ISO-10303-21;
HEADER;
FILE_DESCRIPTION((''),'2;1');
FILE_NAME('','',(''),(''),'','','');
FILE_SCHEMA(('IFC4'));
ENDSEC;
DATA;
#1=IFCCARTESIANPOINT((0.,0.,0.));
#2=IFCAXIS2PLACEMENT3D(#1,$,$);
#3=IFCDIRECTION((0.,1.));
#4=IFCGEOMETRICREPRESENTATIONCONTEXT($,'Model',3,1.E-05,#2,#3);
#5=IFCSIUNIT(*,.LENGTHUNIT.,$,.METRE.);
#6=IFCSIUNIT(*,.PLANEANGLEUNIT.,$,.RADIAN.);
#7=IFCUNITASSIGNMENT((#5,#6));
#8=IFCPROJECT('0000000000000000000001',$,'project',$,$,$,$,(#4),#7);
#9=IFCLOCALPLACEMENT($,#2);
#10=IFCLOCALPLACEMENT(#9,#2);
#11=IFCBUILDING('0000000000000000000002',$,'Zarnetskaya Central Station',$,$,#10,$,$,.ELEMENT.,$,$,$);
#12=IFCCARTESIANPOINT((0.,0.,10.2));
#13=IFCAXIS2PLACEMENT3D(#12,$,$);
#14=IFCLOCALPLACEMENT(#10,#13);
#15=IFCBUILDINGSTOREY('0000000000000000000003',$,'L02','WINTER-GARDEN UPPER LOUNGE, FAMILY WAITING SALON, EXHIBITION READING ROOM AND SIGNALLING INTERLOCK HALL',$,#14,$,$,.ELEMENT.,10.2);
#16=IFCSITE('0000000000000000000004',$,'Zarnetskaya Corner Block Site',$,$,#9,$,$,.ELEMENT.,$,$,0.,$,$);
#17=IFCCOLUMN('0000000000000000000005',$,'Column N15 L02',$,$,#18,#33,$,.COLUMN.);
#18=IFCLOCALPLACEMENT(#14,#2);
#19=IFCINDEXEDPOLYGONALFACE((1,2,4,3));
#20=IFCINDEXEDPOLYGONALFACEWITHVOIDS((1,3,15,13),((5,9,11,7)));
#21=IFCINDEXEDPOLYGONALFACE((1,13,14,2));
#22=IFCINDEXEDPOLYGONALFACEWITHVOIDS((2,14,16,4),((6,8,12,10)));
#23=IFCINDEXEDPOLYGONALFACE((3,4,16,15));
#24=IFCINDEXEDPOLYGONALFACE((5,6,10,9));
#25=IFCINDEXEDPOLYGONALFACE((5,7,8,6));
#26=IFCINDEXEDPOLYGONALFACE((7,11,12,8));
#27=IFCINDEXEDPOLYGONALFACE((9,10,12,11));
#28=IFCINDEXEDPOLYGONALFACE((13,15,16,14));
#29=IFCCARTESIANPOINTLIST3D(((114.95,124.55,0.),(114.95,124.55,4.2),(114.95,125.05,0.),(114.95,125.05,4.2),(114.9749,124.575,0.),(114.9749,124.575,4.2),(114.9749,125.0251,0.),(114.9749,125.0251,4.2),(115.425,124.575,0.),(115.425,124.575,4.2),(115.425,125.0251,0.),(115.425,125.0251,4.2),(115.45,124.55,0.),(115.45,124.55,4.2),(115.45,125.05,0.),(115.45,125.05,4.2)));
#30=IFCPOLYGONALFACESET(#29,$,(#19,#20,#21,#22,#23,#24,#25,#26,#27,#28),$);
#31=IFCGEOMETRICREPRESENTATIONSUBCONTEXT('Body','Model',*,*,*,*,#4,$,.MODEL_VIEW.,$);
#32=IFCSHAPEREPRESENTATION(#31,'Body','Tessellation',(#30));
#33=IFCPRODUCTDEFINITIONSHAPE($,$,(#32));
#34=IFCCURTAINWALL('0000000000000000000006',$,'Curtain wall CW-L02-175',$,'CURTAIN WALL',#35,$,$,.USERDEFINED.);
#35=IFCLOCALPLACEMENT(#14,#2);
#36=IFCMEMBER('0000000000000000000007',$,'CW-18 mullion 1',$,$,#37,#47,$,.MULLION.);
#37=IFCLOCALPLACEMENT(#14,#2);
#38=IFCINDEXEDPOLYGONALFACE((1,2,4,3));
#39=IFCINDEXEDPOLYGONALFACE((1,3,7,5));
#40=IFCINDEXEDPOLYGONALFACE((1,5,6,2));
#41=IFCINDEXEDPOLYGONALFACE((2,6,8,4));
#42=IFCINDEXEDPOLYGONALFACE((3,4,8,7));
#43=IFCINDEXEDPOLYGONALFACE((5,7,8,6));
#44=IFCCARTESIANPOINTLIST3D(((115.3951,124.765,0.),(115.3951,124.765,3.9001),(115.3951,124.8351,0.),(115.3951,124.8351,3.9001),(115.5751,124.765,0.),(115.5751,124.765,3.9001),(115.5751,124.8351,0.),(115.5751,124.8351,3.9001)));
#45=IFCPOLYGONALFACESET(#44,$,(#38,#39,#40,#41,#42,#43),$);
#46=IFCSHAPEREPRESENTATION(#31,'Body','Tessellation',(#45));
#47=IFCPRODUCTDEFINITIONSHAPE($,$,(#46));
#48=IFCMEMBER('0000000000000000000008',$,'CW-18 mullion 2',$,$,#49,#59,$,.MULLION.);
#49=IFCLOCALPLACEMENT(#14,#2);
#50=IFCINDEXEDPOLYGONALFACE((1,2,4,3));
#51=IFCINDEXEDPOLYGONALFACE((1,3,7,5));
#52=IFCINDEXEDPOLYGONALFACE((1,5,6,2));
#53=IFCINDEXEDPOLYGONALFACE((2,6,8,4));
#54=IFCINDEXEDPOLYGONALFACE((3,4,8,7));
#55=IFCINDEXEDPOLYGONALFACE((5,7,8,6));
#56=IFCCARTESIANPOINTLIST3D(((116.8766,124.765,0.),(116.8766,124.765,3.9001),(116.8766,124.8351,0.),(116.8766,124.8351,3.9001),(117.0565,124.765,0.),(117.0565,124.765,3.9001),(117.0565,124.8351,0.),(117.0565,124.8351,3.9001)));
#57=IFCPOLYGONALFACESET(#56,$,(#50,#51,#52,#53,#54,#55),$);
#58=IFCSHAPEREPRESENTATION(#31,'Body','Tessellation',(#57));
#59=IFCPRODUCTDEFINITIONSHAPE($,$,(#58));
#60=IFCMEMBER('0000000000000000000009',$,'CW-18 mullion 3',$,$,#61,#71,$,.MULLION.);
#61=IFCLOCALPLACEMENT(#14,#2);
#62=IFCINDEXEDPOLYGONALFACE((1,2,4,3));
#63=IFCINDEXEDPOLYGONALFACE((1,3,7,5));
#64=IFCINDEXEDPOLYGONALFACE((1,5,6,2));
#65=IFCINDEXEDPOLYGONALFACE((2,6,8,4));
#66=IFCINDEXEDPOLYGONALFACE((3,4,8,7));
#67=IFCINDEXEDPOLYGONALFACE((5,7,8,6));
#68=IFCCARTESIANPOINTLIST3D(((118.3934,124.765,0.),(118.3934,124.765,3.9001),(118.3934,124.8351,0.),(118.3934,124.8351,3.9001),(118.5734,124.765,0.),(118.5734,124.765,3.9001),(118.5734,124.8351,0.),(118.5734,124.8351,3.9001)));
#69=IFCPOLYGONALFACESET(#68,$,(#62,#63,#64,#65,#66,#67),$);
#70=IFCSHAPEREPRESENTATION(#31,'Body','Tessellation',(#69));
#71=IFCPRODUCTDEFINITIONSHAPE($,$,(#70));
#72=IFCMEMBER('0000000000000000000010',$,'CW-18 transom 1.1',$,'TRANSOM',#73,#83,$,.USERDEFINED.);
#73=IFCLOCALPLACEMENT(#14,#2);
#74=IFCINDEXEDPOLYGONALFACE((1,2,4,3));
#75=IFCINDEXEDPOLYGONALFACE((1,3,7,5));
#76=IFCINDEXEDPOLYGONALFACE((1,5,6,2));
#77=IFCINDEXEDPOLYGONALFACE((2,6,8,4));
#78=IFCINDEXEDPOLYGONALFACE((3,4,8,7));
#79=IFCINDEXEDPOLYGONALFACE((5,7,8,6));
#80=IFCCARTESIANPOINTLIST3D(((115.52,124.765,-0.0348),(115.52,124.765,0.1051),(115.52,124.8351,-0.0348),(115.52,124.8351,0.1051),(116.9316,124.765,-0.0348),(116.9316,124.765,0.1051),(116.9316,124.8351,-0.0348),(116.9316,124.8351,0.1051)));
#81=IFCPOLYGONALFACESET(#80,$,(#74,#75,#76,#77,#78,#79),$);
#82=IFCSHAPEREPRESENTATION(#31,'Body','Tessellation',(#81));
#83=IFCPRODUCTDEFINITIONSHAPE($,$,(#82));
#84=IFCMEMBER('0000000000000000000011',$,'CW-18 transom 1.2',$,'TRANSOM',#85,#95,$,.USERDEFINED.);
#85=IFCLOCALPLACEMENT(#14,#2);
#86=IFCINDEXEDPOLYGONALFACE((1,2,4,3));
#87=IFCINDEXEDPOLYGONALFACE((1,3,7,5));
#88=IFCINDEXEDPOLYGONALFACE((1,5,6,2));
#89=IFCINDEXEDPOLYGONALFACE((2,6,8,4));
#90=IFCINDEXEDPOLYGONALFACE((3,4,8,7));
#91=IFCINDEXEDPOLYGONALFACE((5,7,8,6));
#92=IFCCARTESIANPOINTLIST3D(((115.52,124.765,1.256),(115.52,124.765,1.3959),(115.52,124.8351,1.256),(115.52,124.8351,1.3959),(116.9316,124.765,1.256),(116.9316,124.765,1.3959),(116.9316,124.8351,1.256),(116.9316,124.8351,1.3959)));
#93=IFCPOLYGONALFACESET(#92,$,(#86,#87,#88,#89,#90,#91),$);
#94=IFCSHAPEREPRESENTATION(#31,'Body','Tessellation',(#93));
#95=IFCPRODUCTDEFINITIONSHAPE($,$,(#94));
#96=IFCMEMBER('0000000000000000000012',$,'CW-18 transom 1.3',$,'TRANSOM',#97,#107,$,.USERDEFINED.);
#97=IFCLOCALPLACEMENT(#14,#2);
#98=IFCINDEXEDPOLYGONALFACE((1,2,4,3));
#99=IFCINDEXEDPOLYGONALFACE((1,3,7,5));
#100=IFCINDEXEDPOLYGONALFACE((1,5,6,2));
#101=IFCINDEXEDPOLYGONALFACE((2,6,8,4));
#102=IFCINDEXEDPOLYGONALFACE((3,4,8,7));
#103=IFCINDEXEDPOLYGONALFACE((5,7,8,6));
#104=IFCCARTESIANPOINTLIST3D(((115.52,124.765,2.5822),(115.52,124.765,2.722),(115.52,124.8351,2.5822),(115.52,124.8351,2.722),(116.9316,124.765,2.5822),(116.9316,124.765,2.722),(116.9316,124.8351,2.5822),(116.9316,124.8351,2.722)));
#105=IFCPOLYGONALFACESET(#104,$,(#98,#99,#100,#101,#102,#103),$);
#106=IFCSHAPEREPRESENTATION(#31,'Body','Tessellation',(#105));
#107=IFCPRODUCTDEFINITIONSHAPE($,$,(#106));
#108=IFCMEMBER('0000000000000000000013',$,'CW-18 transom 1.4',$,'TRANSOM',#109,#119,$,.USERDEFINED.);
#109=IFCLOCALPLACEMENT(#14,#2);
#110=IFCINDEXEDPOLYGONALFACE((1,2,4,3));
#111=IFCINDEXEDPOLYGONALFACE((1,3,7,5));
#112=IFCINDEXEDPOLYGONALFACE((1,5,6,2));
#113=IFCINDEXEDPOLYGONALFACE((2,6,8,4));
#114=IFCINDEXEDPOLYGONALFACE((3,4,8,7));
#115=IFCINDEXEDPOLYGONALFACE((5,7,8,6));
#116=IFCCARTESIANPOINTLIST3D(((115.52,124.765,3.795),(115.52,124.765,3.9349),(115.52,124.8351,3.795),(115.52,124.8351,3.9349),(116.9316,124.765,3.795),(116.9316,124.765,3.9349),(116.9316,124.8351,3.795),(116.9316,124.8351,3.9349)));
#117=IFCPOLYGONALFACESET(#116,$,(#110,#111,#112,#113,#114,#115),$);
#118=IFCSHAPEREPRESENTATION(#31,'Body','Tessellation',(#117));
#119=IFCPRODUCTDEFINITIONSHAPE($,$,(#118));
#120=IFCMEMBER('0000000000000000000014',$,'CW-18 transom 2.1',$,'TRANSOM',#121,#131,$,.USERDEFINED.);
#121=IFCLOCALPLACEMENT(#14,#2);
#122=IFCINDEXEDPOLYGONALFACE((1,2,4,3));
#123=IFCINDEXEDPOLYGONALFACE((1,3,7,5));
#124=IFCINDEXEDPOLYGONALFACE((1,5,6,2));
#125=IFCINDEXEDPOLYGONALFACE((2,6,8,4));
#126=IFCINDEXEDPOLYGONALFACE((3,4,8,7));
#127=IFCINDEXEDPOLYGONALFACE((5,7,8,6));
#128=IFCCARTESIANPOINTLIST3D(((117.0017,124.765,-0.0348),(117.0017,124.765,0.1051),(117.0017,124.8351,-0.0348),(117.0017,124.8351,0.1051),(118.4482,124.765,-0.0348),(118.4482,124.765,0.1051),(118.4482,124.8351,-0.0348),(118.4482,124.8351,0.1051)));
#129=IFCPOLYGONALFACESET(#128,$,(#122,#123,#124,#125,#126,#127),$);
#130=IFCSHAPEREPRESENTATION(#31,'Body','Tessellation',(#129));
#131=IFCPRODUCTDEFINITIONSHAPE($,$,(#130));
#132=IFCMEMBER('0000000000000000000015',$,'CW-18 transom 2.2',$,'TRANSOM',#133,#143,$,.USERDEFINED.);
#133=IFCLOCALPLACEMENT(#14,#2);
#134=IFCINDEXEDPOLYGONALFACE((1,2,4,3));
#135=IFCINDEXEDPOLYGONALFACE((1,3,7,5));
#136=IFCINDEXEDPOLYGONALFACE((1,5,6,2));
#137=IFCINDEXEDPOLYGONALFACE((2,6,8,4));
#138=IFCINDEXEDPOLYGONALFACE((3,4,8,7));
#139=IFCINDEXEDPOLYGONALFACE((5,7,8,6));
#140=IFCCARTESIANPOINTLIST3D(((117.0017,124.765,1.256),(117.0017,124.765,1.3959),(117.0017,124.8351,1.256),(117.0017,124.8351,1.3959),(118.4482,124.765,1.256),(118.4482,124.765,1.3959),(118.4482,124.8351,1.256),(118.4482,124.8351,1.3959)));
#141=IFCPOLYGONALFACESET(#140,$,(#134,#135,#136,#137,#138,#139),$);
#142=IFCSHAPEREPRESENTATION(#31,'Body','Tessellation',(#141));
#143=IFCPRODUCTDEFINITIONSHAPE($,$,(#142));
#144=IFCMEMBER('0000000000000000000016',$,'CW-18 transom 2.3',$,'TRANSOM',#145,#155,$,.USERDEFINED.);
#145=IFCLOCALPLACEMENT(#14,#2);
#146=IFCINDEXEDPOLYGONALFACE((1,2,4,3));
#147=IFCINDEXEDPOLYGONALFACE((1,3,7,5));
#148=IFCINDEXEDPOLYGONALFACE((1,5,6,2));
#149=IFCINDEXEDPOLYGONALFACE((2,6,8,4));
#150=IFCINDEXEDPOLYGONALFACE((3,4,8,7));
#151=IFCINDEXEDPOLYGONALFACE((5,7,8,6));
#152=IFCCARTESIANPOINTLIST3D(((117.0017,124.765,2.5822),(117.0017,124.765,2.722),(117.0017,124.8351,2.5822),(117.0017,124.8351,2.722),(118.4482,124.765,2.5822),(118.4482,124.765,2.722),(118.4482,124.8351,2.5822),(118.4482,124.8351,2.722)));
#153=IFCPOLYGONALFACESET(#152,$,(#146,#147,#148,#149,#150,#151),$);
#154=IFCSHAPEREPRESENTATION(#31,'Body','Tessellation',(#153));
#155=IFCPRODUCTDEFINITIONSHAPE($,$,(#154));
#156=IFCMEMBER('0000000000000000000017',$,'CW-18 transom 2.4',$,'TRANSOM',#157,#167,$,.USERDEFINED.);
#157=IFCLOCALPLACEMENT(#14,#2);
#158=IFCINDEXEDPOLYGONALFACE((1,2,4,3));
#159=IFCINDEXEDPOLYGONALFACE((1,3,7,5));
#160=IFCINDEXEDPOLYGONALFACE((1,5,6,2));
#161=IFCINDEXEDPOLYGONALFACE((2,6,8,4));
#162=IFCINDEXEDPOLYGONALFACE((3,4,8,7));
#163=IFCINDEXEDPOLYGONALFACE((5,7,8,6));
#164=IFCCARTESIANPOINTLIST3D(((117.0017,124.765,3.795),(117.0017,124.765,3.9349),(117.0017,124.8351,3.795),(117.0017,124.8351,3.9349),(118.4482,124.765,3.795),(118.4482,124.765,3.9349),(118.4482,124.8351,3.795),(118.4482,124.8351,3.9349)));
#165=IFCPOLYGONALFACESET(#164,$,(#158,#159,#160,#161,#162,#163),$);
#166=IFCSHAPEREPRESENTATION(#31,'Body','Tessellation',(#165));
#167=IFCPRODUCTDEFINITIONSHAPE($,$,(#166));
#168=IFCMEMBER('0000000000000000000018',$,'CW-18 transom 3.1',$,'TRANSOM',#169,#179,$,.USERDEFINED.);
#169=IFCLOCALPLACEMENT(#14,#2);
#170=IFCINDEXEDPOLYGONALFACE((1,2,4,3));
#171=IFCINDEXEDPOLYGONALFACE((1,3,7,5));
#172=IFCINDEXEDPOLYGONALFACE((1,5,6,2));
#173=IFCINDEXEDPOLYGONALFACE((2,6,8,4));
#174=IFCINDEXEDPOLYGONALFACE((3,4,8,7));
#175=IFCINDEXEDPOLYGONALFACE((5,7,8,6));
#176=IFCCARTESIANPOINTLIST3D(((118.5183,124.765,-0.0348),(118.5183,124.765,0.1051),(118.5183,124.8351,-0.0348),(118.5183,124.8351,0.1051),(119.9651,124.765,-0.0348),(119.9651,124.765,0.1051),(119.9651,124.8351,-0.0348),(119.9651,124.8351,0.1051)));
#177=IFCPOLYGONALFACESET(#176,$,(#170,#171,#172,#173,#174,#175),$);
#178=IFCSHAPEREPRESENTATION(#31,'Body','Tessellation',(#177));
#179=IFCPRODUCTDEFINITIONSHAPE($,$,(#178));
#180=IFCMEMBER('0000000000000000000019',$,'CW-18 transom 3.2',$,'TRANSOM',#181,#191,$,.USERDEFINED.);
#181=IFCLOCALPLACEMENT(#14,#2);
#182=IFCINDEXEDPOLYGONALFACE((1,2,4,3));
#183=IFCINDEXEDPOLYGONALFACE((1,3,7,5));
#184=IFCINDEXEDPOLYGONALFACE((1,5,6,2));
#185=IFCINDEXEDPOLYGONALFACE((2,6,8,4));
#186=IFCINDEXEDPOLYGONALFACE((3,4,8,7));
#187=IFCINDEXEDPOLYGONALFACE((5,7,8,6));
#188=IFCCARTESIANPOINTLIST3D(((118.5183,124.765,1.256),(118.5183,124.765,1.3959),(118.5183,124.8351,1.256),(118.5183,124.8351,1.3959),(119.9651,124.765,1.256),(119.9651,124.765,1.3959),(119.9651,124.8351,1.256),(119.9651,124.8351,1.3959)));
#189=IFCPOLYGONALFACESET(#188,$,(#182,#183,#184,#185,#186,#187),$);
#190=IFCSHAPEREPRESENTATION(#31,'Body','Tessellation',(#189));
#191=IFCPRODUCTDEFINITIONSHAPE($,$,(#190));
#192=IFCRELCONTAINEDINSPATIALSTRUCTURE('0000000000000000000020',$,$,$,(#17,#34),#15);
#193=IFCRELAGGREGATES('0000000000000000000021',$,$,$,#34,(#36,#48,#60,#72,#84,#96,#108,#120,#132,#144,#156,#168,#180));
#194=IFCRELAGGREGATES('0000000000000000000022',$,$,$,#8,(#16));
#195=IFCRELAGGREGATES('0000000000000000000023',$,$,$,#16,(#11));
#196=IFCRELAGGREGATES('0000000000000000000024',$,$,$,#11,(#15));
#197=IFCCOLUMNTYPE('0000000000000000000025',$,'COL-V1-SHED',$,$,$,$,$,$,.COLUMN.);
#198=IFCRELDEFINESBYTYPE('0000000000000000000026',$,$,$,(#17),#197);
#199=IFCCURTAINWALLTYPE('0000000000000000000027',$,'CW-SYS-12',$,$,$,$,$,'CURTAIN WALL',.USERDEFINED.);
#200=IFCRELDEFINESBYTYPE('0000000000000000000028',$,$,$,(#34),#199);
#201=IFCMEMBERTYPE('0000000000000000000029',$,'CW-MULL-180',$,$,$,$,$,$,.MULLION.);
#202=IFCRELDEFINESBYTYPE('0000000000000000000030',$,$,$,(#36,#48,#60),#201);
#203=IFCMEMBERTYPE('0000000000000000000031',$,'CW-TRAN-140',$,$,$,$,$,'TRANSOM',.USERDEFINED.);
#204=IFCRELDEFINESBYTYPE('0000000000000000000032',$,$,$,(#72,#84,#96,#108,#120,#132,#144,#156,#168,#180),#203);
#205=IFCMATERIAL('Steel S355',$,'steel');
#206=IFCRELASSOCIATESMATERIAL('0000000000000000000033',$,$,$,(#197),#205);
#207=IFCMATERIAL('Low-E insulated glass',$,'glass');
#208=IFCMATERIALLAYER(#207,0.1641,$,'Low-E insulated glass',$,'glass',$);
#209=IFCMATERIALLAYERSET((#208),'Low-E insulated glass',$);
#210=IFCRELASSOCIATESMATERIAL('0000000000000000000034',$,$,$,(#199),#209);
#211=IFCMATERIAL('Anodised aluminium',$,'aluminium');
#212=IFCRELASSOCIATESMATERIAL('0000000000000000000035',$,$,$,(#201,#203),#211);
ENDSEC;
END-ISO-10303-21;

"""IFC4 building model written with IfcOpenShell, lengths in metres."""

from ifc_helpers import new_model, si_unit, direction, frame, origin, origin_2d, place, context, subcontext, project, spatial, rectangle, hollow_rectangle, extrude, material, layer, layer_set, material_profile, profile_set, type_object, element, aggregate, save


model = new_model("IFC4")

# Units and contexts
model_context = context("Model", 3, precision=1e-05, world=origin(), true_north=direction((0.0, 1.0)))
body_context = subcontext(model_context, "Body", "Model", "MODEL_VIEW")
ifc_project = project(units=[si_unit("LENGTHUNIT", "METRE"), si_unit("PLANEANGLEUNIT", "RADIAN")], contexts=[model_context])

# Site, building, storey
site_placement = place(None, origin())
site = spatial("IfcSite", under=ifc_project, at=site_placement, Name="Zarnetskaya Corner Block Site", CompositionType="ELEMENT", RefElevation=0.0)
building_placement = place(site_placement, origin())
building = spatial("IfcBuilding", under=site, at=building_placement, Name="Zarnetskaya Central Station", CompositionType="ELEMENT")
storey_placement = place(building_placement, frame((0.0, 0.0, 10.2)))
storey = spatial("IfcBuildingStorey", under=building, at=storey_placement, Name="L02", Description="WINTER-GARDEN UPPER LOUNGE, FAMILY WAITING SALON, EXHIBITION READING ROOM AND SIGNALLING INTERLOCK HALL", CompositionType="ELEMENT", Elevation=10.2)

# Column
ifc_material_1 = material(Name="Steel S355", Category="steel")
ifc_material_profile_1 = material_profile(ifc_material_1, hollow_rectangle(XDim=0.5, YDim=0.5, WallThickness=0.0249, at=origin_2d()), Name="BOX 500x500x25")
ifc_profile_set_1 = profile_set([ifc_material_profile_1], Name="Steel S355")
column_type = type_object("IfcColumnType", Name="COL-V1-SHED", PredefinedType="COLUMN", material=ifc_profile_set_1)
column_placement = place(storey_placement, frame((115.2, 124.8, 0.0), z_axis=(0.0, 0.0, 1.0), x_axis=(1.0, 0.0, 0.0)))
element("IfcColumn", 1, at=column_placement, inside=storey, type_object=column_type, Name="Column N15 L02", PredefinedType="COLUMN", context=body_context, shape_type="SweptSolid", body=[
    extrude(hollow_rectangle(XDim=0.5, YDim=0.5, WallThickness=0.0249, at=origin_2d()), origin(), (0.0, 0.0, 1.0), 4.2),
])

# Curtain wall, members
ifc_material_2 = material(Name="Low-E insulated glass", Category="glass")
ifc_layer_1 = layer(ifc_material_2, 0.1641, Name="Low-E insulated glass", Category="glass")
ifc_layer_set_1 = layer_set([ifc_layer_1], Name="Low-E insulated glass")
curtain_wall_type = type_object("IfcCurtainWallType", Name="CW-SYS-12", ElementType="CURTAIN WALL", PredefinedType="USERDEFINED", material=ifc_layer_set_1)
curtain_wall_placement = place(storey_placement, origin())
curtain_wall = element("IfcCurtainWall", 2, at=curtain_wall_placement, inside=storey, type_object=curtain_wall_type, Name="Curtain wall CW-L02-175", ObjectType="CURTAIN WALL", PredefinedType="USERDEFINED")
ifc_material_3 = material(Name="Anodised aluminium", Category="aluminium")
ifc_material_profile_2 = material_profile(ifc_material_3, rectangle(XDim=0.0701, YDim=0.1799, at=origin_2d()), Name="ALU MULL 70x180")
ifc_profile_set_2 = profile_set([ifc_material_profile_2], Name="Anodised aluminium")
member_type_1 = type_object("IfcMemberType", Name="CW-MULL-180", PredefinedType="MULLION", material=ifc_profile_set_2)
member_1_placement = place(storey_placement, frame((115.4851, 124.8, 0.0), z_axis=(0.0, 0.0, 1.0), x_axis=(0.0, 1.0, 0.0)))
member_1 = element("IfcMember", 3, at=member_1_placement, type_object=member_type_1, Name="CW-18 mullion 1", PredefinedType="MULLION", context=body_context, shape_type="SweptSolid", body=[
    extrude(rectangle(XDim=0.0701, YDim=0.1799, at=origin_2d()), origin(), (0.0, 0.0, 1.0), 3.9001),
])
member_2_placement = place(storey_placement, frame((116.9666, 124.8, 0.0), z_axis=(0.0, 0.0, 1.0), x_axis=(0.0, 1.0, 0.0)))
member_2 = element("IfcMember", 4, at=member_2_placement, type_object=member_type_1, Name="CW-18 mullion 2", PredefinedType="MULLION", context=body_context, shape_type="SweptSolid", body=[
    extrude(rectangle(XDim=0.0701, YDim=0.1799, at=origin_2d()), origin(), (0.0, 0.0, 1.0), 3.9001),
])
member_3_placement = place(storey_placement, frame((118.4834, 124.8, 0.0), z_axis=(0.0, 0.0, 1.0), x_axis=(0.0, 1.0, 0.0)))
member_3 = element("IfcMember", 5, at=member_3_placement, type_object=member_type_1, Name="CW-18 mullion 3", PredefinedType="MULLION", context=body_context, shape_type="SweptSolid", body=[
    extrude(rectangle(XDim=0.0701, YDim=0.1799, at=origin_2d()), origin(), (0.0, 0.0, 1.0), 3.9001),
])
ifc_material_profile_3 = material_profile(ifc_material_3, rectangle(XDim=0.0701, YDim=0.1399, at=origin_2d()), Name="ALU TRAN 70x140")
ifc_profile_set_3 = profile_set([ifc_material_profile_3], Name="Anodised aluminium")
member_type_2 = type_object("IfcMemberType", Name="CW-TRAN-140", ElementType="TRANSOM", PredefinedType="USERDEFINED", material=ifc_profile_set_3)
member_4_placement = place(storey_placement, frame((115.52, 124.8, 0.0352), z_axis=(1.0, 0.0, 0.0), x_axis=(0.0, 1.0, 0.0)))
member_4 = element("IfcMember", 6, at=member_4_placement, type_object=member_type_2, Name="CW-18 transom 1.1", ObjectType="TRANSOM", PredefinedType="USERDEFINED", context=body_context, shape_type="SweptSolid", body=[
    extrude(rectangle(XDim=0.0701, YDim=0.1399, at=origin_2d()), origin(), (0.0, 0.0, 1.0), 1.4116),
])
member_5_placement = place(storey_placement, frame((115.52, 124.8, 1.3259), z_axis=(1.0, 0.0, 0.0), x_axis=(0.0, 1.0, 0.0)))
member_5 = element("IfcMember", 7, at=member_5_placement, type_object=member_type_2, Name="CW-18 transom 1.2", ObjectType="TRANSOM", PredefinedType="USERDEFINED", context=body_context, shape_type="SweptSolid", body=[
    extrude(rectangle(XDim=0.0701, YDim=0.1399, at=origin_2d()), origin(), (0.0, 0.0, 1.0), 1.4116),
])
member_6_placement = place(storey_placement, frame((115.52, 124.8, 2.6521), z_axis=(1.0, 0.0, 0.0), x_axis=(0.0, 1.0, 0.0)))
member_6 = element("IfcMember", 8, at=member_6_placement, type_object=member_type_2, Name="CW-18 transom 1.3", ObjectType="TRANSOM", PredefinedType="USERDEFINED", context=body_context, shape_type="SweptSolid", body=[
    extrude(rectangle(XDim=0.0701, YDim=0.1399, at=origin_2d()), origin(), (0.0, 0.0, 1.0), 1.4116),
])
member_7_placement = place(storey_placement, frame((115.52, 124.8, 3.865), z_axis=(1.0, 0.0, 0.0), x_axis=(0.0, 1.0, 0.0)))
member_7 = element("IfcMember", 9, at=member_7_placement, type_object=member_type_2, Name="CW-18 transom 1.4", ObjectType="TRANSOM", PredefinedType="USERDEFINED", context=body_context, shape_type="SweptSolid", body=[
    extrude(rectangle(XDim=0.0701, YDim=0.1399, at=origin_2d()), origin(), (0.0, 0.0, 1.0), 1.4116),
])
member_8_placement = place(storey_placement, frame((117.0017, 124.8, 0.0352), z_axis=(1.0, 0.0, 0.0), x_axis=(0.0, 1.0, 0.0)))
member_8 = element("IfcMember", 10, at=member_8_placement, type_object=member_type_2, Name="CW-18 transom 2.1", ObjectType="TRANSOM", PredefinedType="USERDEFINED", context=body_context, shape_type="SweptSolid", body=[
    extrude(rectangle(XDim=0.0701, YDim=0.1399, at=origin_2d()), origin(), (0.0, 0.0, 1.0), 1.4465),
])
member_9_placement = place(storey_placement, frame((117.0017, 124.8, 1.3259), z_axis=(1.0, 0.0, 0.0), x_axis=(0.0, 1.0, 0.0)))
member_9 = element("IfcMember", 11, at=member_9_placement, type_object=member_type_2, Name="CW-18 transom 2.2", ObjectType="TRANSOM", PredefinedType="USERDEFINED", context=body_context, shape_type="SweptSolid", body=[
    extrude(rectangle(XDim=0.0701, YDim=0.1399, at=origin_2d()), origin(), (0.0, 0.0, 1.0), 1.4465),
])
member_10_placement = place(storey_placement, frame((117.0017, 124.8, 2.6521), z_axis=(1.0, 0.0, 0.0), x_axis=(0.0, 1.0, 0.0)))
member_10 = element("IfcMember", 12, at=member_10_placement, type_object=member_type_2, Name="CW-18 transom 2.3", ObjectType="TRANSOM", PredefinedType="USERDEFINED", context=body_context, shape_type="SweptSolid", body=[
    extrude(rectangle(XDim=0.0701, YDim=0.1399, at=origin_2d()), origin(), (0.0, 0.0, 1.0), 1.4465),
])
member_11_placement = place(storey_placement, frame((117.0017, 124.8, 3.865), z_axis=(1.0, 0.0, 0.0), x_axis=(0.0, 1.0, 0.0)))
member_11 = element("IfcMember", 13, at=member_11_placement, type_object=member_type_2, Name="CW-18 transom 2.4", ObjectType="TRANSOM", PredefinedType="USERDEFINED", context=body_context, shape_type="SweptSolid", body=[
    extrude(rectangle(XDim=0.0701, YDim=0.1399, at=origin_2d()), origin(), (0.0, 0.0, 1.0), 1.4465),
])
member_12_placement = place(storey_placement, frame((118.5183, 124.8, 0.0352), z_axis=(1.0, 0.0, 0.0), x_axis=(0.0, 1.0, 0.0)))
member_12 = element("IfcMember", 14, at=member_12_placement, type_object=member_type_2, Name="CW-18 transom 3.1", ObjectType="TRANSOM", PredefinedType="USERDEFINED", context=body_context, shape_type="SweptSolid", body=[
    extrude(rectangle(XDim=0.0701, YDim=0.1399, at=origin_2d()), origin(), (0.0, 0.0, 1.0), 1.4468),
])
member_13_placement = place(storey_placement, frame((118.5183, 124.8, 1.3259), z_axis=(1.0, 0.0, 0.0), x_axis=(0.0, 1.0, 0.0)))
member_13 = element("IfcMember", 15, at=member_13_placement, type_object=member_type_2, Name="CW-18 transom 3.2", ObjectType="TRANSOM", PredefinedType="USERDEFINED", context=body_context, shape_type="SweptSolid", body=[
    extrude(rectangle(XDim=0.0701, YDim=0.1399, at=origin_2d()), origin(), (0.0, 0.0, 1.0), 1.4468),
])
aggregate(curtain_wall, [member_1, member_2, member_3, member_4, member_5, member_6, member_7, member_8, member_9, member_10, member_11, member_12, member_13])

save(model, "model.ifc")
